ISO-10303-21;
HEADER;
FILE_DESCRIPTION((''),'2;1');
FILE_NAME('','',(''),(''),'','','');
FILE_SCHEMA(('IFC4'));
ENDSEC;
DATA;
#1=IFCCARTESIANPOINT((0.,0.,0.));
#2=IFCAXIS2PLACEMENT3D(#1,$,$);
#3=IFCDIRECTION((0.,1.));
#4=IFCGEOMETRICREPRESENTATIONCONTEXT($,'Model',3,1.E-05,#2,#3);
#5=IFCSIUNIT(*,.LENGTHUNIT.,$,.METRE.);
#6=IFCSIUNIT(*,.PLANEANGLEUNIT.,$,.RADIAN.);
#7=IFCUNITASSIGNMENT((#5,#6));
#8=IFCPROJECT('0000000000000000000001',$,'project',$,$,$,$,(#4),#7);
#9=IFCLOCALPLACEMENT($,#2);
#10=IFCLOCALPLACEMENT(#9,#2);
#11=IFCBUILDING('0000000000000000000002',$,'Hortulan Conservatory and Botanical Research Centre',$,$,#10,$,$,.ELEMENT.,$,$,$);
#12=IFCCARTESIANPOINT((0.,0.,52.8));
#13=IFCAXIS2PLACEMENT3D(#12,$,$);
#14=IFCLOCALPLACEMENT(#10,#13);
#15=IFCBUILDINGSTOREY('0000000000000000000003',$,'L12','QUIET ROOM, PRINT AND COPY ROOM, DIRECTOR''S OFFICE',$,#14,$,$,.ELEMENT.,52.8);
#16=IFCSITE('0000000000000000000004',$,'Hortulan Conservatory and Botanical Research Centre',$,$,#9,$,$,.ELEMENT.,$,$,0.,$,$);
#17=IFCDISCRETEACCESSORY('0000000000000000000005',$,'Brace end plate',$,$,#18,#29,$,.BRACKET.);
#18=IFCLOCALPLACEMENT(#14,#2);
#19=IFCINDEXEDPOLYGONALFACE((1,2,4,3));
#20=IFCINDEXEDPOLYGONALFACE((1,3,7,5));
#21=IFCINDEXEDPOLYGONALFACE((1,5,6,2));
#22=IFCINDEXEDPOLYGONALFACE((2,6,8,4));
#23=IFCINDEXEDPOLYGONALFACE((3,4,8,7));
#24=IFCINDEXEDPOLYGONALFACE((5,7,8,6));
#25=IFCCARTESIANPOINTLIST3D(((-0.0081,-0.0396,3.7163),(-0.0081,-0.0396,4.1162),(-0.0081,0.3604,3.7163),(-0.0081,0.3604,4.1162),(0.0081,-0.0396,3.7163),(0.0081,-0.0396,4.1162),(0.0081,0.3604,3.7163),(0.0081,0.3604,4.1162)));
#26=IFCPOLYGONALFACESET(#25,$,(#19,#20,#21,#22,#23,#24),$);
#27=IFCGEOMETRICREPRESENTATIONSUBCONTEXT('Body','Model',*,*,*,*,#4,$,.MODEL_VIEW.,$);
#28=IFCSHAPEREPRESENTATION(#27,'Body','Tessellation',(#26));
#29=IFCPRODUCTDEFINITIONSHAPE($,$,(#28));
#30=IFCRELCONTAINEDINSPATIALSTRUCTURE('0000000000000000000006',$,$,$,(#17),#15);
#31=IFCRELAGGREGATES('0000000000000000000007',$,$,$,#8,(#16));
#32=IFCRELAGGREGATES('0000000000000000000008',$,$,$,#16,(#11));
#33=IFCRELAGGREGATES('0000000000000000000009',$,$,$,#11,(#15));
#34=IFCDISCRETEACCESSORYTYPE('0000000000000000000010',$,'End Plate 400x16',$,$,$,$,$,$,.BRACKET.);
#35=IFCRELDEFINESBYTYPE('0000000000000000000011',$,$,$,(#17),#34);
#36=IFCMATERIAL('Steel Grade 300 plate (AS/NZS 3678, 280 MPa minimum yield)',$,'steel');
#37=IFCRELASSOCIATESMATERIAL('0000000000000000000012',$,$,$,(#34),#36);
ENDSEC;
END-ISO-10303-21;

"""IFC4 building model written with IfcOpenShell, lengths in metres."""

from ifc_helpers import new_model, si_unit, direction, frame, origin, origin_2d, place, context, subcontext, project, spatial, rectangle, extrude, material, type_object, element, save


model = new_model("IFC4")

# Units and contexts
model_context = context("Model", 3, precision=1e-05, world=origin(), true_north=direction((0.0, 1.0)))
body_context = subcontext(model_context, "Body", "Model", "MODEL_VIEW")
ifc_project = project(units=[si_unit("LENGTHUNIT", "METRE"), si_unit("PLANEANGLEUNIT", "RADIAN")], contexts=[model_context])

# Site, building, storey
site_placement = place(None, origin())
site = spatial("IfcSite", under=ifc_project, at=site_placement, Name="Hortulan Conservatory and Botanical Research Centre", CompositionType="ELEMENT", RefElevation=0.0)
building_placement = place(site_placement, origin())
building = spatial("IfcBuilding", under=site, at=building_placement, Name="Hortulan Conservatory and Botanical Research Centre", CompositionType="ELEMENT")
storey_placement = place(building_placement, frame((0.0, 0.0, 52.8)))
storey = spatial("IfcBuildingStorey", under=building, at=storey_placement, Name="L12", Description="QUIET ROOM, PRINT AND COPY ROOM, DIRECTOR'S OFFICE", CompositionType="ELEMENT", Elevation=52.8)

# Discrete accessory
ifc_material_1 = material(Name="Steel Grade 300 plate (AS/NZS 3678, 280 MPa minimum yield)", Category="steel")
discrete_accessory_type = type_object("IfcDiscreteAccessoryType", Name="End Plate 400x16", PredefinedType="BRACKET", material=ifc_material_1)
for number, where, z_axis, x_axis, name in (
    (1, (0.0, 0.1604, 3.7163), (0.0, 0.0, 1.0), (0.0, -1.0, 0.0), "Brace end plate"),
):
    element("IfcDiscreteAccessory", number, at=place(storey_placement, frame(where, z_axis=z_axis, x_axis=x_axis)), inside=storey, type_object=discrete_accessory_type, Name=name, PredefinedType="BRACKET", context=body_context, shape_type="SweptSolid", body=[
        extrude(rectangle(XDim=0.3999, YDim=0.0161, at=origin_2d()), origin(), (0.0, 0.0, 1.0), 0.3999),
    ])

save(model, "model.ifc")
